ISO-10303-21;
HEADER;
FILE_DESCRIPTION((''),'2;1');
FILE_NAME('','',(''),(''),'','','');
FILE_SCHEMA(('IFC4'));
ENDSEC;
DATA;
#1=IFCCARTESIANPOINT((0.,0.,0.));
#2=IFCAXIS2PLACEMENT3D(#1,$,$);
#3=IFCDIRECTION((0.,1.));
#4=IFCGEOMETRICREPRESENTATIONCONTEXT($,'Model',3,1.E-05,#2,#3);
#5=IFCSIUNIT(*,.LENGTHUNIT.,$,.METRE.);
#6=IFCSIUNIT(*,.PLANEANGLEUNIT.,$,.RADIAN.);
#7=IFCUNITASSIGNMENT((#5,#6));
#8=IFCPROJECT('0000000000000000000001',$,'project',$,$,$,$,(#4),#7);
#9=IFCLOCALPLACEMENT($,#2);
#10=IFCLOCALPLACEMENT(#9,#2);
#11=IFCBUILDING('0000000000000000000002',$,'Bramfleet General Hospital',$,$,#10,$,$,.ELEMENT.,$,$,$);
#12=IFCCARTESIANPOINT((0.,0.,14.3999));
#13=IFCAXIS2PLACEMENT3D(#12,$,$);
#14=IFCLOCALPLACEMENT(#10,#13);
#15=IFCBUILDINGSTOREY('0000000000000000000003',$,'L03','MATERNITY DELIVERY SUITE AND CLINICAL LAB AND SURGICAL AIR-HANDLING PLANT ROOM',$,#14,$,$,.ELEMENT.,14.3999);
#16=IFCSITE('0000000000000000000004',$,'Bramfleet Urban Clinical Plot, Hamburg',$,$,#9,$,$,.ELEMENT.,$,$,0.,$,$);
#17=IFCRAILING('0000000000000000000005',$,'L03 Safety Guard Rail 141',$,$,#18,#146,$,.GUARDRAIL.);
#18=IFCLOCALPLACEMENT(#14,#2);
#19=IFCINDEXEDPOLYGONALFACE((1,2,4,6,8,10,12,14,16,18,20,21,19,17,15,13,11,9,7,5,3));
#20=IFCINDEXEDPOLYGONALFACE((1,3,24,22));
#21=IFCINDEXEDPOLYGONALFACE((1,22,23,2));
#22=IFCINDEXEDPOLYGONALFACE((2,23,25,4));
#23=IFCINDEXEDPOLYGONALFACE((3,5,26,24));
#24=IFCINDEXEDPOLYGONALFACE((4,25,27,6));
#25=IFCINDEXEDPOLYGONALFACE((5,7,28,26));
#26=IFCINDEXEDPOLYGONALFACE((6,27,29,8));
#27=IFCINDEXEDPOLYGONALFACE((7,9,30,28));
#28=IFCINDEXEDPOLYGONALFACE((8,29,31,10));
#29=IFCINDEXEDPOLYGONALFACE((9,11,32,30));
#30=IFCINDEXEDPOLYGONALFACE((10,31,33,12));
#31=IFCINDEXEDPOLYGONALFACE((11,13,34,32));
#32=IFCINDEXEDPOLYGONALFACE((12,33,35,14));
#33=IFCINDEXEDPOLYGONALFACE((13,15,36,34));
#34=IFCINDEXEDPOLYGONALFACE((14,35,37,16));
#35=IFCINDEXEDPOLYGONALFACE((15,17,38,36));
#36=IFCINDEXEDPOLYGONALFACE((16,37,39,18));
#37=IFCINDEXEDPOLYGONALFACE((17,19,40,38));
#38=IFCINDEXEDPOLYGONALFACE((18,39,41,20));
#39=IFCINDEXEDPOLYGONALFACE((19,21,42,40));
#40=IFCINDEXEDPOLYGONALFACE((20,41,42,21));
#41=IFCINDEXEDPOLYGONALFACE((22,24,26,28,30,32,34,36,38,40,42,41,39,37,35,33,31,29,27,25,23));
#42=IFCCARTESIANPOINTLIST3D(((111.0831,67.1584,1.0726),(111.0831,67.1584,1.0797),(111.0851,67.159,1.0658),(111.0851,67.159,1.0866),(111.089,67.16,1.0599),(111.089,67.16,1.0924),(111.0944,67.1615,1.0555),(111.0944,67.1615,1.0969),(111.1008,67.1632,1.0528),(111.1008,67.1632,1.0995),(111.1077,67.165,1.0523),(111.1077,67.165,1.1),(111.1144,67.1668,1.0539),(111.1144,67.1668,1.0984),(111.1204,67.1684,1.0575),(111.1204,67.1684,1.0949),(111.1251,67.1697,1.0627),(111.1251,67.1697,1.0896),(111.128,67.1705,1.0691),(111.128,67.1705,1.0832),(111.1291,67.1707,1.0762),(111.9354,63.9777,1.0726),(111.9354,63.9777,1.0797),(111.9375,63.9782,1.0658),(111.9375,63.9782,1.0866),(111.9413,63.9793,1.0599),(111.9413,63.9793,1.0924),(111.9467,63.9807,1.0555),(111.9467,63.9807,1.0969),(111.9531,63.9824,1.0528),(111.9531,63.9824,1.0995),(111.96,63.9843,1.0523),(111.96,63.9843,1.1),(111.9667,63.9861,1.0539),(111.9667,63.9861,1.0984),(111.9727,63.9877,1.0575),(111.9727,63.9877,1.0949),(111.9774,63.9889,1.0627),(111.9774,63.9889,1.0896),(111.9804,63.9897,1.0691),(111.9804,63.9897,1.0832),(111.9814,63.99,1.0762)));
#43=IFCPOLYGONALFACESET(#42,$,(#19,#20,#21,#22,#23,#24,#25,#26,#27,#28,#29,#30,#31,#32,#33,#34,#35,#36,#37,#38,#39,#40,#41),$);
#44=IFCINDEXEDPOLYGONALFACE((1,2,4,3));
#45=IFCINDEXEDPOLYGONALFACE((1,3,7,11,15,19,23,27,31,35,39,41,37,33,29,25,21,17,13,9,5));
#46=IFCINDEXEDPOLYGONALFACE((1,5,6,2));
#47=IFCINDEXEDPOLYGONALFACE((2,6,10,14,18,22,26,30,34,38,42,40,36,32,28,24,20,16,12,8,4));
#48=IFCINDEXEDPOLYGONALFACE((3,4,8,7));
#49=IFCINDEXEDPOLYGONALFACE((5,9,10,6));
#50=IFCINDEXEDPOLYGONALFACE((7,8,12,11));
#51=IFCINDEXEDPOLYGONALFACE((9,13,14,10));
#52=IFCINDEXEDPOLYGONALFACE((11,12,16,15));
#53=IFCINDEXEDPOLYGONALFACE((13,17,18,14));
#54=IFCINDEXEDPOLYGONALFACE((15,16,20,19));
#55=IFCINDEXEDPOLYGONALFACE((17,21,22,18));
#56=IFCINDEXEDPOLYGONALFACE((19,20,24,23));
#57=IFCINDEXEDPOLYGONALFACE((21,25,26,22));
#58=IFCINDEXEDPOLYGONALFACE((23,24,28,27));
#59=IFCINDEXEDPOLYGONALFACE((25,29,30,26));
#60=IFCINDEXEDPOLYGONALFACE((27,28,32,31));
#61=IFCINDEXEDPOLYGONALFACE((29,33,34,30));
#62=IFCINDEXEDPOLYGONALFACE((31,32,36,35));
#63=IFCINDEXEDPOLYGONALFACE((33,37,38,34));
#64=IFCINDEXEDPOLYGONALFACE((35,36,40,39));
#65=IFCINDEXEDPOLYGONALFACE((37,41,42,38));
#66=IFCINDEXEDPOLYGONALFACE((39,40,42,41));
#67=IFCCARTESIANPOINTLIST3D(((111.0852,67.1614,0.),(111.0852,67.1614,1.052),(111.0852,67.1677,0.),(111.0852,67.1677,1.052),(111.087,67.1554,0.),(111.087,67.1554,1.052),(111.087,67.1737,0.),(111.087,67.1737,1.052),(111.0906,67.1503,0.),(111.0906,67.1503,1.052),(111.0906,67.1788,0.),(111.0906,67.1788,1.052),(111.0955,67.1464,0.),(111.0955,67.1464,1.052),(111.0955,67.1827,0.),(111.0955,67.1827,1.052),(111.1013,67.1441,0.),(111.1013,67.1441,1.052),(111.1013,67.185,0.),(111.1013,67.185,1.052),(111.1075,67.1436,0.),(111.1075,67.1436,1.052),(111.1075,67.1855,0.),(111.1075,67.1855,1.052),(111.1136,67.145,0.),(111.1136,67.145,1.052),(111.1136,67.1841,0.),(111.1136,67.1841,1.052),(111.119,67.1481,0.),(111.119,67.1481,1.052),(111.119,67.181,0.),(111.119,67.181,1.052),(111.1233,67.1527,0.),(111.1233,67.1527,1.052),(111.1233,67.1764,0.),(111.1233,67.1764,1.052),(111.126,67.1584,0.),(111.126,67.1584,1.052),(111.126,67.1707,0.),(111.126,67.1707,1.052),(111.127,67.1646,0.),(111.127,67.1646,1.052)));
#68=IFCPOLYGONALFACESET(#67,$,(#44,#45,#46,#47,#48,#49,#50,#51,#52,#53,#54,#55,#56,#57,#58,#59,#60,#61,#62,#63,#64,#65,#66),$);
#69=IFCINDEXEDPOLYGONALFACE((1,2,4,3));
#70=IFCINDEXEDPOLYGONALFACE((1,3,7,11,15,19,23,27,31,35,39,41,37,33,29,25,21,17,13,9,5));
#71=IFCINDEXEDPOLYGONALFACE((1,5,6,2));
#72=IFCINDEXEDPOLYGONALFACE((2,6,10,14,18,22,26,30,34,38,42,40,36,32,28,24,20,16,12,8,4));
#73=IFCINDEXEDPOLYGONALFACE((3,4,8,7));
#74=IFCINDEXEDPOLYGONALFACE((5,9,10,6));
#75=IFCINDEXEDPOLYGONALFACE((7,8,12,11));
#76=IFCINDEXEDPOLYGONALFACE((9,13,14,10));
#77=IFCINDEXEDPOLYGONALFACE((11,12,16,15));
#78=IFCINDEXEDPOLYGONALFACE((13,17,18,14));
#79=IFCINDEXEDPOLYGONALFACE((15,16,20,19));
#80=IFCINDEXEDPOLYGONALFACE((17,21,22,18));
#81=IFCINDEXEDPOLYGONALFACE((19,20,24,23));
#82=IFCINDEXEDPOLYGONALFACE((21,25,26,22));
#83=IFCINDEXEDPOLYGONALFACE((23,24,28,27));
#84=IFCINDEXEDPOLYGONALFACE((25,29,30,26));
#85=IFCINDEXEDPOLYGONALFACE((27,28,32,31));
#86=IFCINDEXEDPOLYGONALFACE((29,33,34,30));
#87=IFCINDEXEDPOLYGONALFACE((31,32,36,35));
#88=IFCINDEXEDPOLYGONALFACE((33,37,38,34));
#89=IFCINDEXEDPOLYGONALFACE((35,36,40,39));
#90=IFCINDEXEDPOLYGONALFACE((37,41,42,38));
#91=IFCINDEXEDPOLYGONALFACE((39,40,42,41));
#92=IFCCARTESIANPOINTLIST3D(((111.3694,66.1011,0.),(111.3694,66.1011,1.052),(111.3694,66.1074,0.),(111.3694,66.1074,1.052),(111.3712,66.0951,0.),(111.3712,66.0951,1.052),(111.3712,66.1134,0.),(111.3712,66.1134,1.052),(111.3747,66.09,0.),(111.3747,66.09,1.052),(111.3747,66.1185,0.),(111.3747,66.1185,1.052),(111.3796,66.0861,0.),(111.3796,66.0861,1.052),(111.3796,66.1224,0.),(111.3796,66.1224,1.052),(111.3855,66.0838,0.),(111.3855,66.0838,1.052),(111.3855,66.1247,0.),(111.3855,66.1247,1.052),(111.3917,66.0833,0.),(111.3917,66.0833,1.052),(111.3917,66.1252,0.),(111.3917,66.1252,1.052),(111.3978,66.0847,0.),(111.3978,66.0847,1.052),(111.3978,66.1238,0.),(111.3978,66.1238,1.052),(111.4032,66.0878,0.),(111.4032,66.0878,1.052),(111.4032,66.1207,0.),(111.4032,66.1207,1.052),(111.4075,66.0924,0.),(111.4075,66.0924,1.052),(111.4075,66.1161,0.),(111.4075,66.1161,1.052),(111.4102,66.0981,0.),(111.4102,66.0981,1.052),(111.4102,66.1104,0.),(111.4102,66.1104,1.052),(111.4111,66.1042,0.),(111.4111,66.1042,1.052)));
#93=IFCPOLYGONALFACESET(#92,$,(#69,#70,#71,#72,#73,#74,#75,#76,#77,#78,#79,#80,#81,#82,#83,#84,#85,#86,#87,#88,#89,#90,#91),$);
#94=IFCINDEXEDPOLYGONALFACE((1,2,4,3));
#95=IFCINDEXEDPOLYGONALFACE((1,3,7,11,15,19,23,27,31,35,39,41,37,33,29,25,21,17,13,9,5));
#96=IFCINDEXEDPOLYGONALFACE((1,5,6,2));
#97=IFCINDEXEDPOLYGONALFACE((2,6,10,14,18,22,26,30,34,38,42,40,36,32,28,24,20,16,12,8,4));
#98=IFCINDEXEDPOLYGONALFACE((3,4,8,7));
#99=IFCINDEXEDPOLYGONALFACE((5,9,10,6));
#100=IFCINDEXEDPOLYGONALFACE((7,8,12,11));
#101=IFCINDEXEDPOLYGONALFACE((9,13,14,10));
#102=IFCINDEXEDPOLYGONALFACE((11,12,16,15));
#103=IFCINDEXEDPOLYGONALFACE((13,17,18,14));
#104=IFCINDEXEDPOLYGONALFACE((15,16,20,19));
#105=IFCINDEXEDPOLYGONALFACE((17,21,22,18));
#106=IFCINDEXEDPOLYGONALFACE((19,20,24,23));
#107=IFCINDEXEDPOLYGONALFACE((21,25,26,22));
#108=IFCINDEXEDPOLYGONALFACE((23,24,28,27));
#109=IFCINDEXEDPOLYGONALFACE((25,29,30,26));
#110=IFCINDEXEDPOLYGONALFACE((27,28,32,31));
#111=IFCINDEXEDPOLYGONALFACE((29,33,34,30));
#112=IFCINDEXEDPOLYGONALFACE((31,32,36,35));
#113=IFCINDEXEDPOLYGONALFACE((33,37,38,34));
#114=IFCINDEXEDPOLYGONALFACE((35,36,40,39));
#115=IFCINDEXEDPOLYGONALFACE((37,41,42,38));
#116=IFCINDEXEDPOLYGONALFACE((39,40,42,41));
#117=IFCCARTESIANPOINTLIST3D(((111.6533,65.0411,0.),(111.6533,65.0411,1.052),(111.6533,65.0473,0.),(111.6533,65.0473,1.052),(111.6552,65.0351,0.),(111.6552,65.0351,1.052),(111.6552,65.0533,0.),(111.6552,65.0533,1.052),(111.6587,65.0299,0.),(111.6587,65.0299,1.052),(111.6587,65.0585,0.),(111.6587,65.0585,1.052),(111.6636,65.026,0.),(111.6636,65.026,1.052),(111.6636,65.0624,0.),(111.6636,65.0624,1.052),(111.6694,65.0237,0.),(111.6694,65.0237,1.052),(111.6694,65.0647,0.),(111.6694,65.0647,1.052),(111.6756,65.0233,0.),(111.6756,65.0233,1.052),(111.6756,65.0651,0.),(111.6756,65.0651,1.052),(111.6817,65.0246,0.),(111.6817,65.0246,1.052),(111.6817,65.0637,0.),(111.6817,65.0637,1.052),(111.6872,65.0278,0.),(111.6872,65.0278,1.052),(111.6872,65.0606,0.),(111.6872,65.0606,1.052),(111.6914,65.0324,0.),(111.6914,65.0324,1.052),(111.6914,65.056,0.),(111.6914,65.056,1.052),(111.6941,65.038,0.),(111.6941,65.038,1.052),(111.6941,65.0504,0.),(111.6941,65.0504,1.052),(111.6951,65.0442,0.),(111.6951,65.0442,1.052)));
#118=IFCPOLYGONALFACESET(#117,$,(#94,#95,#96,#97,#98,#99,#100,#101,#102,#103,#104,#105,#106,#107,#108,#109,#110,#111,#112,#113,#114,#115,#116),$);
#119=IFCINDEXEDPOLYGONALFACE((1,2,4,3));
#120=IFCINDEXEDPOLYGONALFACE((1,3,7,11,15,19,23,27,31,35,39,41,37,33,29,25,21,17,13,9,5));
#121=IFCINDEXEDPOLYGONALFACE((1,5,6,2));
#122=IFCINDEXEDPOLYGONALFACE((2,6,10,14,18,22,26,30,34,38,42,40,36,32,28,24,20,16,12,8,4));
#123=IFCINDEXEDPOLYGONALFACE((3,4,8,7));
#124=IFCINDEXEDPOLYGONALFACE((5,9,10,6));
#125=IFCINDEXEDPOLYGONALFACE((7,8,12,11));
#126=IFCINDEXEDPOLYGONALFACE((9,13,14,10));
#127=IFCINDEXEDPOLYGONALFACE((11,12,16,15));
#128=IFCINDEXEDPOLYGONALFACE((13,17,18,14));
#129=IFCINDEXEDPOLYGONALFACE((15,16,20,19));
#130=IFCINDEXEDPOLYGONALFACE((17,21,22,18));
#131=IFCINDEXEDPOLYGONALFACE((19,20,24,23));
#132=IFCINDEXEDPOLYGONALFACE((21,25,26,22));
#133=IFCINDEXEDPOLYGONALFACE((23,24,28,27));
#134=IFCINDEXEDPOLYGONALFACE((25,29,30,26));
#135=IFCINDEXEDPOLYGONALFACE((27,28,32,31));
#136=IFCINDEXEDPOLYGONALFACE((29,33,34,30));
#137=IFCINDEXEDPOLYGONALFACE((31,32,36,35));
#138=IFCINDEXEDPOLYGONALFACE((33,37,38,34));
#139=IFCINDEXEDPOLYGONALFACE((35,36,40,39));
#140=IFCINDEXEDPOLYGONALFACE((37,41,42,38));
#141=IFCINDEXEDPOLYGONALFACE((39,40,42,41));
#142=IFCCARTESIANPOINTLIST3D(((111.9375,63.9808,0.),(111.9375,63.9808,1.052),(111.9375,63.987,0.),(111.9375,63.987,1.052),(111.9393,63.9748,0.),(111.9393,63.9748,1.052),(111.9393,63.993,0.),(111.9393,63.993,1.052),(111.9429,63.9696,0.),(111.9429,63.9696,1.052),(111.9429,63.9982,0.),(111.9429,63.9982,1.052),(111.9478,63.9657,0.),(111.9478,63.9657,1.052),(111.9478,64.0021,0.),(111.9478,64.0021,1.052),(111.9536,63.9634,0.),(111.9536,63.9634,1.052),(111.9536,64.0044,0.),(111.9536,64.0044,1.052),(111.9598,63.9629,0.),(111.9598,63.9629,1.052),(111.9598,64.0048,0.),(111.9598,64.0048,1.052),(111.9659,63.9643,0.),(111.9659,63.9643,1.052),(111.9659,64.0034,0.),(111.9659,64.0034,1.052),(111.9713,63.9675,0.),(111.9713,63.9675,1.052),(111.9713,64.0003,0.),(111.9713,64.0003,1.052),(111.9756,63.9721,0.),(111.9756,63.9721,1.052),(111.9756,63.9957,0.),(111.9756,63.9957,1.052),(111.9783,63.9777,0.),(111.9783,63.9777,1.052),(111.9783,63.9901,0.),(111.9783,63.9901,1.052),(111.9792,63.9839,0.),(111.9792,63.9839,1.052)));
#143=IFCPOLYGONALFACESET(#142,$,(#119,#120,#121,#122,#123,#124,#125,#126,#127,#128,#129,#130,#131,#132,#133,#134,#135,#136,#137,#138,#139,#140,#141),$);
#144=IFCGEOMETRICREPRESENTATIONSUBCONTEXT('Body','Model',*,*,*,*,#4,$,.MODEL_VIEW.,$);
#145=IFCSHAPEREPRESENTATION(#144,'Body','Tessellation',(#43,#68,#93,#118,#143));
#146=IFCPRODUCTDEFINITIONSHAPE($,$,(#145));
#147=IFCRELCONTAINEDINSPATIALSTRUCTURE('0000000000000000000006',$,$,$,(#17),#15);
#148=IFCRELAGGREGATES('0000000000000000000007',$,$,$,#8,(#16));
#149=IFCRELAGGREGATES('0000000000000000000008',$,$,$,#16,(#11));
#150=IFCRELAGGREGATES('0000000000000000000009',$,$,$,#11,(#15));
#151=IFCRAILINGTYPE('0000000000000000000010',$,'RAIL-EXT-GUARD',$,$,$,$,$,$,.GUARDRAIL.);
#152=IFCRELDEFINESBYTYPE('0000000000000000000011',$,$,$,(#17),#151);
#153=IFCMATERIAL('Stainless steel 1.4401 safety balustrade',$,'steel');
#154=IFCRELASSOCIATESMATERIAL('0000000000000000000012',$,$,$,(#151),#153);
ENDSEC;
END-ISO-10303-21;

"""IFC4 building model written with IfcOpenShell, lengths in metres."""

from ifc_helpers import new_model, si_unit, direction, frame, origin, origin_2d, place, context, subcontext, project, spatial, circle, extrude, material, type_object, element, save


model = new_model("IFC4")

# Units and contexts
model_context = context("Model", 3, precision=1e-05, world=origin(), true_north=direction((0.0, 1.0)))
body_context = subcontext(model_context, "Body", "Model", "MODEL_VIEW")
ifc_project = project(units=[si_unit("LENGTHUNIT", "METRE"), si_unit("PLANEANGLEUNIT", "RADIAN")], contexts=[model_context])

# Site, building, storey
site_placement = place(None, origin())
site = spatial("IfcSite", under=ifc_project, at=site_placement, Name="Bramfleet Urban Clinical Plot, Hamburg", CompositionType="ELEMENT", RefElevation=0.0)
building_placement = place(site_placement, origin())
building = spatial("IfcBuilding", under=site, at=building_placement, Name="Bramfleet General Hospital", CompositionType="ELEMENT")
storey_placement = place(building_placement, frame((0.0, 0.0, 14.3999)))
storey = spatial("IfcBuildingStorey", under=building, at=storey_placement, Name="L03", Description="MATERNITY DELIVERY SUITE AND CLINICAL LAB AND SURGICAL AIR-HANDLING PLANT ROOM", CompositionType="ELEMENT", Elevation=14.3999)

# Railing
ifc_material_1 = material(Name="Stainless steel 1.4401 safety balustrade", Category="steel")
railing_type_1 = type_object("IfcRailingType", Name="RAIL-EXT-GUARD", PredefinedType="GUARDRAIL", material=ifc_material_1)
railing_1_placement = place(storey_placement, frame((111.106, 67.1646, 0.0)))
element("IfcRailing", 1, at=railing_1_placement, inside=storey, type_object=railing_type_1, Name="L03 Safety Guard Rail 141", PredefinedType="GUARDRAIL", context=body_context, shape_type="SweptSolid", body=[
    extrude(circle(Radius=0.0239, at=origin_2d()), frame((0.0, 0.0, 1.0762), z_axis=(0.25883, -0.965923, 0.0), x_axis=(0.965923, 0.25883, 0.0)), (0.0, 0.0, 1.0), 3.293),
    extrude(circle(Radius=0.021, at=origin_2d()), origin(), (0.0, 0.0, 1.0), 1.052),
    extrude(circle(Radius=0.021, at=origin_2d()), frame((0.2842, -1.0603, 0.0)), (0.0, 0.0, 1.0), 1.052),
    extrude(circle(Radius=0.021, at=origin_2d()), frame((0.5681, -2.1204, 0.0)), (0.0, 0.0, 1.0), 1.052),
    extrude(circle(Radius=0.021, at=origin_2d()), frame((0.8523, -3.1807, 0.0)), (0.0, 0.0, 1.0), 1.052),
])

save(model, "model.ifc")
